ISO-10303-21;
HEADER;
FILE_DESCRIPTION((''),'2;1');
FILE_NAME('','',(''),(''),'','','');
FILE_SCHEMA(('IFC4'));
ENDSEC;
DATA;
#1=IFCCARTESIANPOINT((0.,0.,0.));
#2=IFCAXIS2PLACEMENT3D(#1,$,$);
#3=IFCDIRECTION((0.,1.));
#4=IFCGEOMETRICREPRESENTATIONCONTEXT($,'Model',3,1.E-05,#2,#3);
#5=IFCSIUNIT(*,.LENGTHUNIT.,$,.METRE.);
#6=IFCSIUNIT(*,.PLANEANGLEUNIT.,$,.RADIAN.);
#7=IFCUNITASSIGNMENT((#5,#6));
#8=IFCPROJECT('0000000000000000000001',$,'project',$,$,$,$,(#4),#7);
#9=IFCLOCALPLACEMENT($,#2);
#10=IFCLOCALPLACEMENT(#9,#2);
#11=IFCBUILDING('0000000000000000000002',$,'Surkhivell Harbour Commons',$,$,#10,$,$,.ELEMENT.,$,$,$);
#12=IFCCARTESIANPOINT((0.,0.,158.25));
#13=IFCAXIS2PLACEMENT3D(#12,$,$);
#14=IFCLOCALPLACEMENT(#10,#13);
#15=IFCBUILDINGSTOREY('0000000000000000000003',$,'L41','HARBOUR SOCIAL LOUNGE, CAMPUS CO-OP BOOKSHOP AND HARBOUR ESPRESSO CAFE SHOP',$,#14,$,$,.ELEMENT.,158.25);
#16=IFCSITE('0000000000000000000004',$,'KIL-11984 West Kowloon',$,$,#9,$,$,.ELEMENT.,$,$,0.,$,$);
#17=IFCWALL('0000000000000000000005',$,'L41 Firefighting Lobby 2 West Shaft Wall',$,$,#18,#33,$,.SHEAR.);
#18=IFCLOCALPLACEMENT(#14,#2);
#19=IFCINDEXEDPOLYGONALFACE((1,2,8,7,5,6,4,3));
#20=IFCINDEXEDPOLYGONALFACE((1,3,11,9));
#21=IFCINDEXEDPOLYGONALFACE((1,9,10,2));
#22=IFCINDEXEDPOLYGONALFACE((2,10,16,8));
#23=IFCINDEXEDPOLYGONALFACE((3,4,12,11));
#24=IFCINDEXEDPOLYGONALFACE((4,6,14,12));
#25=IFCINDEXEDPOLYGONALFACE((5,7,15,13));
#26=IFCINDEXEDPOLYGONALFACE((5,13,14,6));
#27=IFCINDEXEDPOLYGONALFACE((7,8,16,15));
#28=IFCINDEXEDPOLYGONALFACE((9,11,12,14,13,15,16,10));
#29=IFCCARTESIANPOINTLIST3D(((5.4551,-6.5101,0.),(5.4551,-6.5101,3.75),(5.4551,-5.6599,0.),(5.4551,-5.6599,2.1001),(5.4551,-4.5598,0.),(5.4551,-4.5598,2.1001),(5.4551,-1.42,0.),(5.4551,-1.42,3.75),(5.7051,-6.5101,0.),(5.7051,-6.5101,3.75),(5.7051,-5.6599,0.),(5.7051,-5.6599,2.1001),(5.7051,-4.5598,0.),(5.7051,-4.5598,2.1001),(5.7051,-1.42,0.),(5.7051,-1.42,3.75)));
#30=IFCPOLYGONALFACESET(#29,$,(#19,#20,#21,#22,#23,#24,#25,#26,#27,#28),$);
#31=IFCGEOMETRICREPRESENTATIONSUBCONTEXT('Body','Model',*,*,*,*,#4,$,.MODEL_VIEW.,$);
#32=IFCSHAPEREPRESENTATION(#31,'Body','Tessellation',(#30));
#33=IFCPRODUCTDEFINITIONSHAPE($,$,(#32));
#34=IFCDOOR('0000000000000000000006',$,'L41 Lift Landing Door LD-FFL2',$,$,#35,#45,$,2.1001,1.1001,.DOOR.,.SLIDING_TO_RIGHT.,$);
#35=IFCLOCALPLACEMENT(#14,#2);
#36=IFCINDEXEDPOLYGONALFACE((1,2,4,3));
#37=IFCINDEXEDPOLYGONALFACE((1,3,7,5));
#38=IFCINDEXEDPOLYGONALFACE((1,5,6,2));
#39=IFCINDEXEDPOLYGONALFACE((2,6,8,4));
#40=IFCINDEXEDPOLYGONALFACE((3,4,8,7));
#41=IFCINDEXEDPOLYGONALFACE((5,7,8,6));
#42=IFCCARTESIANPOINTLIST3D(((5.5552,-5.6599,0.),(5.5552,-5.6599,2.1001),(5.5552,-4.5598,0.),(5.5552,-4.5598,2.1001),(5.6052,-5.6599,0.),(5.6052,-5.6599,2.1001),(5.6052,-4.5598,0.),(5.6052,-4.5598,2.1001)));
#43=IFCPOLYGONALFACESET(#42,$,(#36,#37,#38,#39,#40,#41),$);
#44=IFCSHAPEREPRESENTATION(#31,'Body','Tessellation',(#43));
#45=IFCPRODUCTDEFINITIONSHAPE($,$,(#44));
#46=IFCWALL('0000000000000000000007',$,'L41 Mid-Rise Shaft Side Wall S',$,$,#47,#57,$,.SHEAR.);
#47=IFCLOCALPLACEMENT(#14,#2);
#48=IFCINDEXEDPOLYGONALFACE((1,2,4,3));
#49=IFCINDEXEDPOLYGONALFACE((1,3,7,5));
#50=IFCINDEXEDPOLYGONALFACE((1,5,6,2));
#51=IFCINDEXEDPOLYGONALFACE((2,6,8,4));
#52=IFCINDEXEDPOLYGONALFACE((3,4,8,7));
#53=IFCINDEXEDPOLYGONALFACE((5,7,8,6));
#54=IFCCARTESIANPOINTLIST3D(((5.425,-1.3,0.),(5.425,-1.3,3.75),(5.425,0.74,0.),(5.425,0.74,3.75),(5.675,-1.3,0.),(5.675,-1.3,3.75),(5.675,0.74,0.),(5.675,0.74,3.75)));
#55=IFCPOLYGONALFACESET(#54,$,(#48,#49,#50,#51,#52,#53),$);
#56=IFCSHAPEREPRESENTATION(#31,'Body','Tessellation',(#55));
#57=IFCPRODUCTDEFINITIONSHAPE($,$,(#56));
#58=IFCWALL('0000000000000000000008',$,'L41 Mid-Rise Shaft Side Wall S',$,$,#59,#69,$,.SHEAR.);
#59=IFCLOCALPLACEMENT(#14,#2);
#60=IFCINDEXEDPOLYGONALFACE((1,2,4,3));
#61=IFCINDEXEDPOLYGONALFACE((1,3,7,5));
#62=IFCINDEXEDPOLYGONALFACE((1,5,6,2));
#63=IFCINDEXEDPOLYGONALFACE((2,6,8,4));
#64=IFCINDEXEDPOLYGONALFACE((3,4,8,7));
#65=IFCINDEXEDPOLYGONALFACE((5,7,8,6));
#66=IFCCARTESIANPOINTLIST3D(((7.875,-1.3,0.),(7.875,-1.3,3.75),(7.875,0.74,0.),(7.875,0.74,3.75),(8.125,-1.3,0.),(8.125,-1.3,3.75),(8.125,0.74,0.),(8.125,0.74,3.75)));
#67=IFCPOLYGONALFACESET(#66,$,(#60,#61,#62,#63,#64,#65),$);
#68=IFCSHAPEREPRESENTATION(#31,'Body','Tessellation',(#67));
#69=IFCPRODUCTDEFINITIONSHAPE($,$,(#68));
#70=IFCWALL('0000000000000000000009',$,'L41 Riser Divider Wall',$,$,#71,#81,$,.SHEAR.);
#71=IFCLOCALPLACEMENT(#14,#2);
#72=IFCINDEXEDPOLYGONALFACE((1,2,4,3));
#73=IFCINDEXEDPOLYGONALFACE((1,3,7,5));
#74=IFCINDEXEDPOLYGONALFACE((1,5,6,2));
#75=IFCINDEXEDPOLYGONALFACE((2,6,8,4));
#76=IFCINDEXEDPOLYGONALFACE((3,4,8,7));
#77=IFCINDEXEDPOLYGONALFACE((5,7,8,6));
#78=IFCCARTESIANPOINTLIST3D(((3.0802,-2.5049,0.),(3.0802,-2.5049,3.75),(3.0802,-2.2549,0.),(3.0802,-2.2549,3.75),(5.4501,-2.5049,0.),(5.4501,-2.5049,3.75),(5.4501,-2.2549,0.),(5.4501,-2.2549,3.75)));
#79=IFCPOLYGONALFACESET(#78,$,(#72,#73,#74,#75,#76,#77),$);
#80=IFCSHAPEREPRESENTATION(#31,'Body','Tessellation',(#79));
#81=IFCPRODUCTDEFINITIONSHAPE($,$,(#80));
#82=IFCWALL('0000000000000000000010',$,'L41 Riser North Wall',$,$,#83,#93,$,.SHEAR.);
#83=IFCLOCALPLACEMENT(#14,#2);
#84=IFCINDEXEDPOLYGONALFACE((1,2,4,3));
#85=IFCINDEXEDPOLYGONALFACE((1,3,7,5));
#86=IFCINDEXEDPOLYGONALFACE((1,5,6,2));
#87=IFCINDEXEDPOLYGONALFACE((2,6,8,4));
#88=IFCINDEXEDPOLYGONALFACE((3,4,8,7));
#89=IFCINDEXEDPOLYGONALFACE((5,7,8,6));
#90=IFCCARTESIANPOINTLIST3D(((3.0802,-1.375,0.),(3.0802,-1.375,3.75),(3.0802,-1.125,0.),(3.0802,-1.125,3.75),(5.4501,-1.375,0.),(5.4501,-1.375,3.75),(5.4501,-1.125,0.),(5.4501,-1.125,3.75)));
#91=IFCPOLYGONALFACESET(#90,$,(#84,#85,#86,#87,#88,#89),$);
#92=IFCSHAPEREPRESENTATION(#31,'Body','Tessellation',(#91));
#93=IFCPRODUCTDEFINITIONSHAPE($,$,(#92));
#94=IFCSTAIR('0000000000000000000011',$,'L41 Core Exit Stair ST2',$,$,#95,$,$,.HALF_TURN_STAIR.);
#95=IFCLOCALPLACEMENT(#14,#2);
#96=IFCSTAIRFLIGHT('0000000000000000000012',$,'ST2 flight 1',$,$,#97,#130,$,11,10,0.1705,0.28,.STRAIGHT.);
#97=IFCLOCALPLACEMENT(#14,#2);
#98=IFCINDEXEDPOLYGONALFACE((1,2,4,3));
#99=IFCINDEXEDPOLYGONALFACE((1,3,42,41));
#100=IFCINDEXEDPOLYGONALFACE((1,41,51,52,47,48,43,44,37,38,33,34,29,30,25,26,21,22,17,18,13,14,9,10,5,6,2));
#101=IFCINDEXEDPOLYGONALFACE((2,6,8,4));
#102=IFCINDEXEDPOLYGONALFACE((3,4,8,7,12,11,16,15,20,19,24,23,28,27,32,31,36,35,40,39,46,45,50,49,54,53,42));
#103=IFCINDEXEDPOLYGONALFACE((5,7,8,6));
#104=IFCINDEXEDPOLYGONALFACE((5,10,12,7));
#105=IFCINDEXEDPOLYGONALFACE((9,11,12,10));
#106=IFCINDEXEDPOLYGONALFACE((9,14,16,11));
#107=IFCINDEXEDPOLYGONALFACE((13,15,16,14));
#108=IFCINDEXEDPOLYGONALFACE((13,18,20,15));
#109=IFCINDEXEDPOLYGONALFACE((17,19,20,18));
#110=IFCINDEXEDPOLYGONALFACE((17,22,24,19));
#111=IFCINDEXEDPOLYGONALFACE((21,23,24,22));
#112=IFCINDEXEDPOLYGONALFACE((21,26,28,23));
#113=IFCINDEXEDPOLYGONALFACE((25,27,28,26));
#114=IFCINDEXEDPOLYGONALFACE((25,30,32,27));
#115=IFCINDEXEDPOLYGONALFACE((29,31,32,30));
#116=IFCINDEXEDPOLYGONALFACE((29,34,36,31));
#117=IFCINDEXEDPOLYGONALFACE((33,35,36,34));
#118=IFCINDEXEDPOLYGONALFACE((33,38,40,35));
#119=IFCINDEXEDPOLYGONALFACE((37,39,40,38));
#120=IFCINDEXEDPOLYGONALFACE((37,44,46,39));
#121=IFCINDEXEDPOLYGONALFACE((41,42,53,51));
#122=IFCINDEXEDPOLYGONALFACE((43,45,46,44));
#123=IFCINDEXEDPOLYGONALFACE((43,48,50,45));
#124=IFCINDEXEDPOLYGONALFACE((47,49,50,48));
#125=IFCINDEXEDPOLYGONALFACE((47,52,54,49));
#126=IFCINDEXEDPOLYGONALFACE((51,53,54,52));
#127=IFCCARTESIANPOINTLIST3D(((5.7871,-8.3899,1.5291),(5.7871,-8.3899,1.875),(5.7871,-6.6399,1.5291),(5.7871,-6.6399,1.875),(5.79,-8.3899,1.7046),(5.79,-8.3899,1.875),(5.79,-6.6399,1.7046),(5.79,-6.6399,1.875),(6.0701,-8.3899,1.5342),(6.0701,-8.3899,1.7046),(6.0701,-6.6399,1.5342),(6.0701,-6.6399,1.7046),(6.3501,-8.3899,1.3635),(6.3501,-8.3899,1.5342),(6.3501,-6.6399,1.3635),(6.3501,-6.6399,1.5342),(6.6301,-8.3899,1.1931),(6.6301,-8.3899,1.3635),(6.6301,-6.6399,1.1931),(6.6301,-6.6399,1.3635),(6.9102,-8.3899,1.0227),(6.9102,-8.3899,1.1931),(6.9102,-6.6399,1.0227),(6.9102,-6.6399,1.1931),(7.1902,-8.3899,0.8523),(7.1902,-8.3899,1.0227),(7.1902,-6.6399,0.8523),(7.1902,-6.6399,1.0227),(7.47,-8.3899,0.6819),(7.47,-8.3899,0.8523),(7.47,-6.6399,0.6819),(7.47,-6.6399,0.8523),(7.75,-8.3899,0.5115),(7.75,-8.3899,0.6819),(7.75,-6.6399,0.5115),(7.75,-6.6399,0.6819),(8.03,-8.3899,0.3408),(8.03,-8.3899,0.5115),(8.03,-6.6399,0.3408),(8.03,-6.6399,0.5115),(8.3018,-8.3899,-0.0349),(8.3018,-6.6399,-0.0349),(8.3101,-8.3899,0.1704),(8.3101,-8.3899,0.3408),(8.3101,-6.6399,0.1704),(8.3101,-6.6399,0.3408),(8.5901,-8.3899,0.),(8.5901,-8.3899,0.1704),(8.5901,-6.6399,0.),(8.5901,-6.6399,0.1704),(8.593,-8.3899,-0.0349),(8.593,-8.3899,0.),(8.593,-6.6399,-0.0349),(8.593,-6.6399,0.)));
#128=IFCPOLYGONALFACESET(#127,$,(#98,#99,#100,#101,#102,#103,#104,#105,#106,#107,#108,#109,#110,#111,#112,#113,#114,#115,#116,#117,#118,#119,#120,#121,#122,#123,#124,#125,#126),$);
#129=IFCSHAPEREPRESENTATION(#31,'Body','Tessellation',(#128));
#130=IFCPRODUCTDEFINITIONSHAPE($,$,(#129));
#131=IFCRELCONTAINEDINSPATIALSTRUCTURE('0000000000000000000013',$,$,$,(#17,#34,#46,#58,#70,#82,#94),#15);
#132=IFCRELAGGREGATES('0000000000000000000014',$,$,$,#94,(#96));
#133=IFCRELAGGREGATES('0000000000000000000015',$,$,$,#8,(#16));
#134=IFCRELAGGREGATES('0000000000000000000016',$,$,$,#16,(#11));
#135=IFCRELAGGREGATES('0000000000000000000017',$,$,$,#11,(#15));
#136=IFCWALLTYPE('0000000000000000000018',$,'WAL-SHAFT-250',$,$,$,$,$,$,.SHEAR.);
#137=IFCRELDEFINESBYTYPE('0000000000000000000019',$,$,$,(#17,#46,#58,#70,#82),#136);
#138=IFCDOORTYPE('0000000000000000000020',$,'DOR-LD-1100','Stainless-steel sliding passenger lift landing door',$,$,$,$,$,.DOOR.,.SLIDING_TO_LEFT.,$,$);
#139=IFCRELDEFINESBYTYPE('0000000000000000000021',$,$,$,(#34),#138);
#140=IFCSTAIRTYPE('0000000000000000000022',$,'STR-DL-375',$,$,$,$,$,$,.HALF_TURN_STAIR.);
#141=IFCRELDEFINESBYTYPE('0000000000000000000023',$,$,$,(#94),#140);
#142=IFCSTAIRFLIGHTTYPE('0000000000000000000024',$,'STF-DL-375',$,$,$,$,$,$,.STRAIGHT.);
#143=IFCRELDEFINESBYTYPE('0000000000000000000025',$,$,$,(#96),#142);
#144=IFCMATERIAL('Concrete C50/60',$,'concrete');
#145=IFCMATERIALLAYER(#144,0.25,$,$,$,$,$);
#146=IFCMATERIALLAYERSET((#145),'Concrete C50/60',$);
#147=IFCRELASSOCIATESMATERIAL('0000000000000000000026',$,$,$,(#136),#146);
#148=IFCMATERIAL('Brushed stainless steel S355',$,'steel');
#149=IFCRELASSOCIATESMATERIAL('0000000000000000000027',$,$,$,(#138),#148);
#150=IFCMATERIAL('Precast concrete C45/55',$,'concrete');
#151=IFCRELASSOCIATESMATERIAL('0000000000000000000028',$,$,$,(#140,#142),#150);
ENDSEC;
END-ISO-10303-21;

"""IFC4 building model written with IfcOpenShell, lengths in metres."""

from ifc_helpers import new_model, si_unit, direction, frame, frame_2d, origin, place, context, subcontext, project, spatial, polyline, rectangle, outline, extrude, material, layer, layer_set, type_object, element, fill, aggregate, save


model = new_model("IFC4")

# Units and contexts
model_context = context("Model", 3, precision=1e-05, world=origin(), true_north=direction((0.0, 1.0)))
body_context = subcontext(model_context, "Body", "Model", "MODEL_VIEW")
ifc_project = project(units=[si_unit("LENGTHUNIT", "METRE"), si_unit("PLANEANGLEUNIT", "RADIAN")], contexts=[model_context])

# Site, building, storey
site_placement = place(None, origin())
site = spatial("IfcSite", under=ifc_project, at=site_placement, Name="KIL-11984 West Kowloon", CompositionType="ELEMENT", RefElevation=0.0)
building_placement = place(site_placement, origin())
building = spatial("IfcBuilding", under=site, at=building_placement, Name="Surkhivell Harbour Commons", CompositionType="ELEMENT")
storey_placement = place(building_placement, frame((0.0, 0.0, 158.25)))
storey = spatial("IfcBuildingStorey", under=building, at=storey_placement, Name="L41", Description="HARBOUR SOCIAL LOUNGE, CAMPUS CO-OP BOOKSHOP AND HARBOUR ESPRESSO CAFE SHOP", CompositionType="ELEMENT", Elevation=158.25)

# Shared definitions
ifc_material_1 = material(Name="Concrete C50/60", Category="concrete")
ifc_layer_1 = layer(ifc_material_1, 0.25)
ifc_layer_set_1 = layer_set([ifc_layer_1], Name="Concrete C50/60")
wall_type_1 = type_object("IfcWallType", Name="WAL-SHAFT-250", PredefinedType="SHEAR", material=ifc_layer_set_1)

# Wall, opening, door
wall_1_placement = place(storey_placement, frame((5.5801, -6.51, 0.0), z_axis=(0.0, 0.0, 1.0), x_axis=(0.0, 1.0, 0.0)))
wall_1 = element("IfcWall", 1, at=wall_1_placement, inside=storey, type_object=wall_type_1, Name="L41 Firefighting Lobby 2 West Shaft Wall", PredefinedType="SHEAR", context=body_context, shape_type="SweptSolid", body=[
    extrude(rectangle(XDim=5.0901, YDim=0.25, at=frame_2d((2.5449, 0.0))), origin(), (0.0, 0.0, 1.0), 3.75),
])
opening_1_placement = place(wall_1_placement, frame((0.8501, 0.0, 0.0)))
opening_1 = element("IfcOpeningElement", 2, at=opening_1_placement, cuts=wall_1, PredefinedType="OPENING", context=body_context, shape_type="SweptSolid", body=[
    extrude(rectangle(XDim=1.1001, YDim=2.1001, at=frame_2d((0.55, 1.05))), frame((0.0, 0.135, 0.0), z_axis=(0.0, -1.0, 0.0), x_axis=(1.0, 0.0, 0.0)), (0.0, 0.0, 1.0), 0.27),
])
ifc_material_2 = material(Name="Brushed stainless steel S355", Category="steel")
door_type_1 = type_object("IfcDoorType", Name="DOR-LD-1100", Description="Stainless-steel sliding passenger lift landing door", OperationType="SLIDING_TO_LEFT", PredefinedType="DOOR", material=ifc_material_2)
door_1_placement = place(opening_1_placement, origin())
door_1 = element("IfcDoor", 3, at=door_1_placement, inside=storey, type_object=door_type_1, Name="L41 Lift Landing Door LD-FFL2", OperationType="SLIDING_TO_RIGHT", OverallHeight=2.1001, OverallWidth=1.1001, PredefinedType="DOOR", context=body_context, shape_type="SweptSolid", body=[
    extrude(rectangle(XDim=1.1001, YDim=2.1001, at=frame_2d((0.55, 1.05))), frame((0.0, 0.0249, 0.0), z_axis=(0.0, -1.0, 0.0), x_axis=(1.0, 0.0, 0.0)), (0.0, 0.0, 1.0), 0.05),
])
fill(opening_1, door_1)

# Walls
for number, where, z_axis, x_axis, name in (
    (4, (5.55, -1.3, 0.0), (0.0, 0.0, 1.0), (0.0, 1.0, 0.0), "L41 Mid-Rise Shaft Side Wall S"),
    (5, (8.0, -1.3, 0.0), (0.0, 0.0, 1.0), (0.0, 1.0, 0.0), "L41 Mid-Rise Shaft Side Wall S"),
):
    element("IfcWall", number, at=place(storey_placement, frame(where, z_axis=z_axis, x_axis=x_axis)), inside=storey, type_object=wall_type_1, Name=name, PredefinedType="SHEAR", context=body_context, shape_type="SweptSolid", body=[
        extrude(rectangle(XDim=2.04, YDim=0.25, at=frame_2d((1.02, 0.0))), origin(), (0.0, 0.0, 1.0), 3.75),
    ])
for number, where, z_axis, x_axis, name in (
    (6, (3.0801, -2.3799, 0.0), (0.0, 0.0, 1.0), (1.0, 0.0, 0.0), "L41 Riser Divider Wall"),
    (7, (3.0801, -1.25, 0.0), (0.0, 0.0, 1.0), (1.0, 0.0, 0.0), "L41 Riser North Wall"),
):
    element("IfcWall", number, at=place(storey_placement, frame(where, z_axis=z_axis, x_axis=x_axis)), inside=storey, type_object=wall_type_1, Name=name, PredefinedType="SHEAR", context=body_context, shape_type="SweptSolid", body=[
        extrude(rectangle(XDim=2.3699, YDim=0.25, at=frame_2d((1.1851, 0.0))), origin(), (0.0, 0.0, 1.0), 3.75),
    ])

# Stair, stair flight
ifc_material_3 = material(Name="Precast concrete C45/55", Category="concrete")
stair_type = type_object("IfcStairType", Name="STR-DL-375", PredefinedType="HALF_TURN_STAIR", material=ifc_material_3)
stair_placement = place(storey_placement, origin())
stair = element("IfcStair", 8, at=stair_placement, inside=storey, type_object=stair_type, Name="L41 Core Exit Stair ST2", PredefinedType="HALF_TURN_STAIR")
stair_flight_type = type_object("IfcStairFlightType", Name="STF-DL-375", PredefinedType="STRAIGHT", material=ifc_material_3)
stair_flight_placement = place(storey_placement, frame((8.5901, -7.5149, 0.0), z_axis=(0.0, 0.0, 1.0), x_axis=(-1.0, 0.0, 0.0)))
stair_flight = element("IfcStairFlight", 9, at=stair_flight_placement, type_object=stair_flight_type, Name="ST2 flight 1", NumberOfRisers=11, NumberOfTreads=10, PredefinedType="STRAIGHT", RiserHeight=0.1705, TreadLength=0.28, context=body_context, shape_type="SweptSolid", body=[
    extrude(outline(polyline([(-0.0029, -0.0349), (-0.0029, 0.0), (0.0, 0.0), (0.0, 0.1704), (0.28, 0.1704), (0.28, 0.3408), (0.5601, 0.3408), (0.5601, 0.5115), (0.8401, 0.5115), (0.8401, 0.6819), (1.1201, 0.6819), (1.1201, 0.8523), (1.3999, 0.8523), (1.3999, 1.0227), (1.6799, 1.0227), (1.6799, 1.1931), (1.96, 1.1931), (1.96, 1.3635), (2.24, 1.3635), (2.24, 1.5342), (2.52, 1.5342), (2.52, 1.7046), (2.8, 1.7046), (2.8, 1.875), (2.803, 1.875), (2.803, 1.5291), (0.2883, -0.0349), (-0.0029, -0.0349)])), frame((0.0, 0.875, 0.0), z_axis=(0.0, -1.0, 0.0), x_axis=(1.0, 0.0, 0.0)), (0.0, 0.0, 1.0), 1.75),
])
aggregate(stair, [stair_flight])

save(model, "model.ifc")
